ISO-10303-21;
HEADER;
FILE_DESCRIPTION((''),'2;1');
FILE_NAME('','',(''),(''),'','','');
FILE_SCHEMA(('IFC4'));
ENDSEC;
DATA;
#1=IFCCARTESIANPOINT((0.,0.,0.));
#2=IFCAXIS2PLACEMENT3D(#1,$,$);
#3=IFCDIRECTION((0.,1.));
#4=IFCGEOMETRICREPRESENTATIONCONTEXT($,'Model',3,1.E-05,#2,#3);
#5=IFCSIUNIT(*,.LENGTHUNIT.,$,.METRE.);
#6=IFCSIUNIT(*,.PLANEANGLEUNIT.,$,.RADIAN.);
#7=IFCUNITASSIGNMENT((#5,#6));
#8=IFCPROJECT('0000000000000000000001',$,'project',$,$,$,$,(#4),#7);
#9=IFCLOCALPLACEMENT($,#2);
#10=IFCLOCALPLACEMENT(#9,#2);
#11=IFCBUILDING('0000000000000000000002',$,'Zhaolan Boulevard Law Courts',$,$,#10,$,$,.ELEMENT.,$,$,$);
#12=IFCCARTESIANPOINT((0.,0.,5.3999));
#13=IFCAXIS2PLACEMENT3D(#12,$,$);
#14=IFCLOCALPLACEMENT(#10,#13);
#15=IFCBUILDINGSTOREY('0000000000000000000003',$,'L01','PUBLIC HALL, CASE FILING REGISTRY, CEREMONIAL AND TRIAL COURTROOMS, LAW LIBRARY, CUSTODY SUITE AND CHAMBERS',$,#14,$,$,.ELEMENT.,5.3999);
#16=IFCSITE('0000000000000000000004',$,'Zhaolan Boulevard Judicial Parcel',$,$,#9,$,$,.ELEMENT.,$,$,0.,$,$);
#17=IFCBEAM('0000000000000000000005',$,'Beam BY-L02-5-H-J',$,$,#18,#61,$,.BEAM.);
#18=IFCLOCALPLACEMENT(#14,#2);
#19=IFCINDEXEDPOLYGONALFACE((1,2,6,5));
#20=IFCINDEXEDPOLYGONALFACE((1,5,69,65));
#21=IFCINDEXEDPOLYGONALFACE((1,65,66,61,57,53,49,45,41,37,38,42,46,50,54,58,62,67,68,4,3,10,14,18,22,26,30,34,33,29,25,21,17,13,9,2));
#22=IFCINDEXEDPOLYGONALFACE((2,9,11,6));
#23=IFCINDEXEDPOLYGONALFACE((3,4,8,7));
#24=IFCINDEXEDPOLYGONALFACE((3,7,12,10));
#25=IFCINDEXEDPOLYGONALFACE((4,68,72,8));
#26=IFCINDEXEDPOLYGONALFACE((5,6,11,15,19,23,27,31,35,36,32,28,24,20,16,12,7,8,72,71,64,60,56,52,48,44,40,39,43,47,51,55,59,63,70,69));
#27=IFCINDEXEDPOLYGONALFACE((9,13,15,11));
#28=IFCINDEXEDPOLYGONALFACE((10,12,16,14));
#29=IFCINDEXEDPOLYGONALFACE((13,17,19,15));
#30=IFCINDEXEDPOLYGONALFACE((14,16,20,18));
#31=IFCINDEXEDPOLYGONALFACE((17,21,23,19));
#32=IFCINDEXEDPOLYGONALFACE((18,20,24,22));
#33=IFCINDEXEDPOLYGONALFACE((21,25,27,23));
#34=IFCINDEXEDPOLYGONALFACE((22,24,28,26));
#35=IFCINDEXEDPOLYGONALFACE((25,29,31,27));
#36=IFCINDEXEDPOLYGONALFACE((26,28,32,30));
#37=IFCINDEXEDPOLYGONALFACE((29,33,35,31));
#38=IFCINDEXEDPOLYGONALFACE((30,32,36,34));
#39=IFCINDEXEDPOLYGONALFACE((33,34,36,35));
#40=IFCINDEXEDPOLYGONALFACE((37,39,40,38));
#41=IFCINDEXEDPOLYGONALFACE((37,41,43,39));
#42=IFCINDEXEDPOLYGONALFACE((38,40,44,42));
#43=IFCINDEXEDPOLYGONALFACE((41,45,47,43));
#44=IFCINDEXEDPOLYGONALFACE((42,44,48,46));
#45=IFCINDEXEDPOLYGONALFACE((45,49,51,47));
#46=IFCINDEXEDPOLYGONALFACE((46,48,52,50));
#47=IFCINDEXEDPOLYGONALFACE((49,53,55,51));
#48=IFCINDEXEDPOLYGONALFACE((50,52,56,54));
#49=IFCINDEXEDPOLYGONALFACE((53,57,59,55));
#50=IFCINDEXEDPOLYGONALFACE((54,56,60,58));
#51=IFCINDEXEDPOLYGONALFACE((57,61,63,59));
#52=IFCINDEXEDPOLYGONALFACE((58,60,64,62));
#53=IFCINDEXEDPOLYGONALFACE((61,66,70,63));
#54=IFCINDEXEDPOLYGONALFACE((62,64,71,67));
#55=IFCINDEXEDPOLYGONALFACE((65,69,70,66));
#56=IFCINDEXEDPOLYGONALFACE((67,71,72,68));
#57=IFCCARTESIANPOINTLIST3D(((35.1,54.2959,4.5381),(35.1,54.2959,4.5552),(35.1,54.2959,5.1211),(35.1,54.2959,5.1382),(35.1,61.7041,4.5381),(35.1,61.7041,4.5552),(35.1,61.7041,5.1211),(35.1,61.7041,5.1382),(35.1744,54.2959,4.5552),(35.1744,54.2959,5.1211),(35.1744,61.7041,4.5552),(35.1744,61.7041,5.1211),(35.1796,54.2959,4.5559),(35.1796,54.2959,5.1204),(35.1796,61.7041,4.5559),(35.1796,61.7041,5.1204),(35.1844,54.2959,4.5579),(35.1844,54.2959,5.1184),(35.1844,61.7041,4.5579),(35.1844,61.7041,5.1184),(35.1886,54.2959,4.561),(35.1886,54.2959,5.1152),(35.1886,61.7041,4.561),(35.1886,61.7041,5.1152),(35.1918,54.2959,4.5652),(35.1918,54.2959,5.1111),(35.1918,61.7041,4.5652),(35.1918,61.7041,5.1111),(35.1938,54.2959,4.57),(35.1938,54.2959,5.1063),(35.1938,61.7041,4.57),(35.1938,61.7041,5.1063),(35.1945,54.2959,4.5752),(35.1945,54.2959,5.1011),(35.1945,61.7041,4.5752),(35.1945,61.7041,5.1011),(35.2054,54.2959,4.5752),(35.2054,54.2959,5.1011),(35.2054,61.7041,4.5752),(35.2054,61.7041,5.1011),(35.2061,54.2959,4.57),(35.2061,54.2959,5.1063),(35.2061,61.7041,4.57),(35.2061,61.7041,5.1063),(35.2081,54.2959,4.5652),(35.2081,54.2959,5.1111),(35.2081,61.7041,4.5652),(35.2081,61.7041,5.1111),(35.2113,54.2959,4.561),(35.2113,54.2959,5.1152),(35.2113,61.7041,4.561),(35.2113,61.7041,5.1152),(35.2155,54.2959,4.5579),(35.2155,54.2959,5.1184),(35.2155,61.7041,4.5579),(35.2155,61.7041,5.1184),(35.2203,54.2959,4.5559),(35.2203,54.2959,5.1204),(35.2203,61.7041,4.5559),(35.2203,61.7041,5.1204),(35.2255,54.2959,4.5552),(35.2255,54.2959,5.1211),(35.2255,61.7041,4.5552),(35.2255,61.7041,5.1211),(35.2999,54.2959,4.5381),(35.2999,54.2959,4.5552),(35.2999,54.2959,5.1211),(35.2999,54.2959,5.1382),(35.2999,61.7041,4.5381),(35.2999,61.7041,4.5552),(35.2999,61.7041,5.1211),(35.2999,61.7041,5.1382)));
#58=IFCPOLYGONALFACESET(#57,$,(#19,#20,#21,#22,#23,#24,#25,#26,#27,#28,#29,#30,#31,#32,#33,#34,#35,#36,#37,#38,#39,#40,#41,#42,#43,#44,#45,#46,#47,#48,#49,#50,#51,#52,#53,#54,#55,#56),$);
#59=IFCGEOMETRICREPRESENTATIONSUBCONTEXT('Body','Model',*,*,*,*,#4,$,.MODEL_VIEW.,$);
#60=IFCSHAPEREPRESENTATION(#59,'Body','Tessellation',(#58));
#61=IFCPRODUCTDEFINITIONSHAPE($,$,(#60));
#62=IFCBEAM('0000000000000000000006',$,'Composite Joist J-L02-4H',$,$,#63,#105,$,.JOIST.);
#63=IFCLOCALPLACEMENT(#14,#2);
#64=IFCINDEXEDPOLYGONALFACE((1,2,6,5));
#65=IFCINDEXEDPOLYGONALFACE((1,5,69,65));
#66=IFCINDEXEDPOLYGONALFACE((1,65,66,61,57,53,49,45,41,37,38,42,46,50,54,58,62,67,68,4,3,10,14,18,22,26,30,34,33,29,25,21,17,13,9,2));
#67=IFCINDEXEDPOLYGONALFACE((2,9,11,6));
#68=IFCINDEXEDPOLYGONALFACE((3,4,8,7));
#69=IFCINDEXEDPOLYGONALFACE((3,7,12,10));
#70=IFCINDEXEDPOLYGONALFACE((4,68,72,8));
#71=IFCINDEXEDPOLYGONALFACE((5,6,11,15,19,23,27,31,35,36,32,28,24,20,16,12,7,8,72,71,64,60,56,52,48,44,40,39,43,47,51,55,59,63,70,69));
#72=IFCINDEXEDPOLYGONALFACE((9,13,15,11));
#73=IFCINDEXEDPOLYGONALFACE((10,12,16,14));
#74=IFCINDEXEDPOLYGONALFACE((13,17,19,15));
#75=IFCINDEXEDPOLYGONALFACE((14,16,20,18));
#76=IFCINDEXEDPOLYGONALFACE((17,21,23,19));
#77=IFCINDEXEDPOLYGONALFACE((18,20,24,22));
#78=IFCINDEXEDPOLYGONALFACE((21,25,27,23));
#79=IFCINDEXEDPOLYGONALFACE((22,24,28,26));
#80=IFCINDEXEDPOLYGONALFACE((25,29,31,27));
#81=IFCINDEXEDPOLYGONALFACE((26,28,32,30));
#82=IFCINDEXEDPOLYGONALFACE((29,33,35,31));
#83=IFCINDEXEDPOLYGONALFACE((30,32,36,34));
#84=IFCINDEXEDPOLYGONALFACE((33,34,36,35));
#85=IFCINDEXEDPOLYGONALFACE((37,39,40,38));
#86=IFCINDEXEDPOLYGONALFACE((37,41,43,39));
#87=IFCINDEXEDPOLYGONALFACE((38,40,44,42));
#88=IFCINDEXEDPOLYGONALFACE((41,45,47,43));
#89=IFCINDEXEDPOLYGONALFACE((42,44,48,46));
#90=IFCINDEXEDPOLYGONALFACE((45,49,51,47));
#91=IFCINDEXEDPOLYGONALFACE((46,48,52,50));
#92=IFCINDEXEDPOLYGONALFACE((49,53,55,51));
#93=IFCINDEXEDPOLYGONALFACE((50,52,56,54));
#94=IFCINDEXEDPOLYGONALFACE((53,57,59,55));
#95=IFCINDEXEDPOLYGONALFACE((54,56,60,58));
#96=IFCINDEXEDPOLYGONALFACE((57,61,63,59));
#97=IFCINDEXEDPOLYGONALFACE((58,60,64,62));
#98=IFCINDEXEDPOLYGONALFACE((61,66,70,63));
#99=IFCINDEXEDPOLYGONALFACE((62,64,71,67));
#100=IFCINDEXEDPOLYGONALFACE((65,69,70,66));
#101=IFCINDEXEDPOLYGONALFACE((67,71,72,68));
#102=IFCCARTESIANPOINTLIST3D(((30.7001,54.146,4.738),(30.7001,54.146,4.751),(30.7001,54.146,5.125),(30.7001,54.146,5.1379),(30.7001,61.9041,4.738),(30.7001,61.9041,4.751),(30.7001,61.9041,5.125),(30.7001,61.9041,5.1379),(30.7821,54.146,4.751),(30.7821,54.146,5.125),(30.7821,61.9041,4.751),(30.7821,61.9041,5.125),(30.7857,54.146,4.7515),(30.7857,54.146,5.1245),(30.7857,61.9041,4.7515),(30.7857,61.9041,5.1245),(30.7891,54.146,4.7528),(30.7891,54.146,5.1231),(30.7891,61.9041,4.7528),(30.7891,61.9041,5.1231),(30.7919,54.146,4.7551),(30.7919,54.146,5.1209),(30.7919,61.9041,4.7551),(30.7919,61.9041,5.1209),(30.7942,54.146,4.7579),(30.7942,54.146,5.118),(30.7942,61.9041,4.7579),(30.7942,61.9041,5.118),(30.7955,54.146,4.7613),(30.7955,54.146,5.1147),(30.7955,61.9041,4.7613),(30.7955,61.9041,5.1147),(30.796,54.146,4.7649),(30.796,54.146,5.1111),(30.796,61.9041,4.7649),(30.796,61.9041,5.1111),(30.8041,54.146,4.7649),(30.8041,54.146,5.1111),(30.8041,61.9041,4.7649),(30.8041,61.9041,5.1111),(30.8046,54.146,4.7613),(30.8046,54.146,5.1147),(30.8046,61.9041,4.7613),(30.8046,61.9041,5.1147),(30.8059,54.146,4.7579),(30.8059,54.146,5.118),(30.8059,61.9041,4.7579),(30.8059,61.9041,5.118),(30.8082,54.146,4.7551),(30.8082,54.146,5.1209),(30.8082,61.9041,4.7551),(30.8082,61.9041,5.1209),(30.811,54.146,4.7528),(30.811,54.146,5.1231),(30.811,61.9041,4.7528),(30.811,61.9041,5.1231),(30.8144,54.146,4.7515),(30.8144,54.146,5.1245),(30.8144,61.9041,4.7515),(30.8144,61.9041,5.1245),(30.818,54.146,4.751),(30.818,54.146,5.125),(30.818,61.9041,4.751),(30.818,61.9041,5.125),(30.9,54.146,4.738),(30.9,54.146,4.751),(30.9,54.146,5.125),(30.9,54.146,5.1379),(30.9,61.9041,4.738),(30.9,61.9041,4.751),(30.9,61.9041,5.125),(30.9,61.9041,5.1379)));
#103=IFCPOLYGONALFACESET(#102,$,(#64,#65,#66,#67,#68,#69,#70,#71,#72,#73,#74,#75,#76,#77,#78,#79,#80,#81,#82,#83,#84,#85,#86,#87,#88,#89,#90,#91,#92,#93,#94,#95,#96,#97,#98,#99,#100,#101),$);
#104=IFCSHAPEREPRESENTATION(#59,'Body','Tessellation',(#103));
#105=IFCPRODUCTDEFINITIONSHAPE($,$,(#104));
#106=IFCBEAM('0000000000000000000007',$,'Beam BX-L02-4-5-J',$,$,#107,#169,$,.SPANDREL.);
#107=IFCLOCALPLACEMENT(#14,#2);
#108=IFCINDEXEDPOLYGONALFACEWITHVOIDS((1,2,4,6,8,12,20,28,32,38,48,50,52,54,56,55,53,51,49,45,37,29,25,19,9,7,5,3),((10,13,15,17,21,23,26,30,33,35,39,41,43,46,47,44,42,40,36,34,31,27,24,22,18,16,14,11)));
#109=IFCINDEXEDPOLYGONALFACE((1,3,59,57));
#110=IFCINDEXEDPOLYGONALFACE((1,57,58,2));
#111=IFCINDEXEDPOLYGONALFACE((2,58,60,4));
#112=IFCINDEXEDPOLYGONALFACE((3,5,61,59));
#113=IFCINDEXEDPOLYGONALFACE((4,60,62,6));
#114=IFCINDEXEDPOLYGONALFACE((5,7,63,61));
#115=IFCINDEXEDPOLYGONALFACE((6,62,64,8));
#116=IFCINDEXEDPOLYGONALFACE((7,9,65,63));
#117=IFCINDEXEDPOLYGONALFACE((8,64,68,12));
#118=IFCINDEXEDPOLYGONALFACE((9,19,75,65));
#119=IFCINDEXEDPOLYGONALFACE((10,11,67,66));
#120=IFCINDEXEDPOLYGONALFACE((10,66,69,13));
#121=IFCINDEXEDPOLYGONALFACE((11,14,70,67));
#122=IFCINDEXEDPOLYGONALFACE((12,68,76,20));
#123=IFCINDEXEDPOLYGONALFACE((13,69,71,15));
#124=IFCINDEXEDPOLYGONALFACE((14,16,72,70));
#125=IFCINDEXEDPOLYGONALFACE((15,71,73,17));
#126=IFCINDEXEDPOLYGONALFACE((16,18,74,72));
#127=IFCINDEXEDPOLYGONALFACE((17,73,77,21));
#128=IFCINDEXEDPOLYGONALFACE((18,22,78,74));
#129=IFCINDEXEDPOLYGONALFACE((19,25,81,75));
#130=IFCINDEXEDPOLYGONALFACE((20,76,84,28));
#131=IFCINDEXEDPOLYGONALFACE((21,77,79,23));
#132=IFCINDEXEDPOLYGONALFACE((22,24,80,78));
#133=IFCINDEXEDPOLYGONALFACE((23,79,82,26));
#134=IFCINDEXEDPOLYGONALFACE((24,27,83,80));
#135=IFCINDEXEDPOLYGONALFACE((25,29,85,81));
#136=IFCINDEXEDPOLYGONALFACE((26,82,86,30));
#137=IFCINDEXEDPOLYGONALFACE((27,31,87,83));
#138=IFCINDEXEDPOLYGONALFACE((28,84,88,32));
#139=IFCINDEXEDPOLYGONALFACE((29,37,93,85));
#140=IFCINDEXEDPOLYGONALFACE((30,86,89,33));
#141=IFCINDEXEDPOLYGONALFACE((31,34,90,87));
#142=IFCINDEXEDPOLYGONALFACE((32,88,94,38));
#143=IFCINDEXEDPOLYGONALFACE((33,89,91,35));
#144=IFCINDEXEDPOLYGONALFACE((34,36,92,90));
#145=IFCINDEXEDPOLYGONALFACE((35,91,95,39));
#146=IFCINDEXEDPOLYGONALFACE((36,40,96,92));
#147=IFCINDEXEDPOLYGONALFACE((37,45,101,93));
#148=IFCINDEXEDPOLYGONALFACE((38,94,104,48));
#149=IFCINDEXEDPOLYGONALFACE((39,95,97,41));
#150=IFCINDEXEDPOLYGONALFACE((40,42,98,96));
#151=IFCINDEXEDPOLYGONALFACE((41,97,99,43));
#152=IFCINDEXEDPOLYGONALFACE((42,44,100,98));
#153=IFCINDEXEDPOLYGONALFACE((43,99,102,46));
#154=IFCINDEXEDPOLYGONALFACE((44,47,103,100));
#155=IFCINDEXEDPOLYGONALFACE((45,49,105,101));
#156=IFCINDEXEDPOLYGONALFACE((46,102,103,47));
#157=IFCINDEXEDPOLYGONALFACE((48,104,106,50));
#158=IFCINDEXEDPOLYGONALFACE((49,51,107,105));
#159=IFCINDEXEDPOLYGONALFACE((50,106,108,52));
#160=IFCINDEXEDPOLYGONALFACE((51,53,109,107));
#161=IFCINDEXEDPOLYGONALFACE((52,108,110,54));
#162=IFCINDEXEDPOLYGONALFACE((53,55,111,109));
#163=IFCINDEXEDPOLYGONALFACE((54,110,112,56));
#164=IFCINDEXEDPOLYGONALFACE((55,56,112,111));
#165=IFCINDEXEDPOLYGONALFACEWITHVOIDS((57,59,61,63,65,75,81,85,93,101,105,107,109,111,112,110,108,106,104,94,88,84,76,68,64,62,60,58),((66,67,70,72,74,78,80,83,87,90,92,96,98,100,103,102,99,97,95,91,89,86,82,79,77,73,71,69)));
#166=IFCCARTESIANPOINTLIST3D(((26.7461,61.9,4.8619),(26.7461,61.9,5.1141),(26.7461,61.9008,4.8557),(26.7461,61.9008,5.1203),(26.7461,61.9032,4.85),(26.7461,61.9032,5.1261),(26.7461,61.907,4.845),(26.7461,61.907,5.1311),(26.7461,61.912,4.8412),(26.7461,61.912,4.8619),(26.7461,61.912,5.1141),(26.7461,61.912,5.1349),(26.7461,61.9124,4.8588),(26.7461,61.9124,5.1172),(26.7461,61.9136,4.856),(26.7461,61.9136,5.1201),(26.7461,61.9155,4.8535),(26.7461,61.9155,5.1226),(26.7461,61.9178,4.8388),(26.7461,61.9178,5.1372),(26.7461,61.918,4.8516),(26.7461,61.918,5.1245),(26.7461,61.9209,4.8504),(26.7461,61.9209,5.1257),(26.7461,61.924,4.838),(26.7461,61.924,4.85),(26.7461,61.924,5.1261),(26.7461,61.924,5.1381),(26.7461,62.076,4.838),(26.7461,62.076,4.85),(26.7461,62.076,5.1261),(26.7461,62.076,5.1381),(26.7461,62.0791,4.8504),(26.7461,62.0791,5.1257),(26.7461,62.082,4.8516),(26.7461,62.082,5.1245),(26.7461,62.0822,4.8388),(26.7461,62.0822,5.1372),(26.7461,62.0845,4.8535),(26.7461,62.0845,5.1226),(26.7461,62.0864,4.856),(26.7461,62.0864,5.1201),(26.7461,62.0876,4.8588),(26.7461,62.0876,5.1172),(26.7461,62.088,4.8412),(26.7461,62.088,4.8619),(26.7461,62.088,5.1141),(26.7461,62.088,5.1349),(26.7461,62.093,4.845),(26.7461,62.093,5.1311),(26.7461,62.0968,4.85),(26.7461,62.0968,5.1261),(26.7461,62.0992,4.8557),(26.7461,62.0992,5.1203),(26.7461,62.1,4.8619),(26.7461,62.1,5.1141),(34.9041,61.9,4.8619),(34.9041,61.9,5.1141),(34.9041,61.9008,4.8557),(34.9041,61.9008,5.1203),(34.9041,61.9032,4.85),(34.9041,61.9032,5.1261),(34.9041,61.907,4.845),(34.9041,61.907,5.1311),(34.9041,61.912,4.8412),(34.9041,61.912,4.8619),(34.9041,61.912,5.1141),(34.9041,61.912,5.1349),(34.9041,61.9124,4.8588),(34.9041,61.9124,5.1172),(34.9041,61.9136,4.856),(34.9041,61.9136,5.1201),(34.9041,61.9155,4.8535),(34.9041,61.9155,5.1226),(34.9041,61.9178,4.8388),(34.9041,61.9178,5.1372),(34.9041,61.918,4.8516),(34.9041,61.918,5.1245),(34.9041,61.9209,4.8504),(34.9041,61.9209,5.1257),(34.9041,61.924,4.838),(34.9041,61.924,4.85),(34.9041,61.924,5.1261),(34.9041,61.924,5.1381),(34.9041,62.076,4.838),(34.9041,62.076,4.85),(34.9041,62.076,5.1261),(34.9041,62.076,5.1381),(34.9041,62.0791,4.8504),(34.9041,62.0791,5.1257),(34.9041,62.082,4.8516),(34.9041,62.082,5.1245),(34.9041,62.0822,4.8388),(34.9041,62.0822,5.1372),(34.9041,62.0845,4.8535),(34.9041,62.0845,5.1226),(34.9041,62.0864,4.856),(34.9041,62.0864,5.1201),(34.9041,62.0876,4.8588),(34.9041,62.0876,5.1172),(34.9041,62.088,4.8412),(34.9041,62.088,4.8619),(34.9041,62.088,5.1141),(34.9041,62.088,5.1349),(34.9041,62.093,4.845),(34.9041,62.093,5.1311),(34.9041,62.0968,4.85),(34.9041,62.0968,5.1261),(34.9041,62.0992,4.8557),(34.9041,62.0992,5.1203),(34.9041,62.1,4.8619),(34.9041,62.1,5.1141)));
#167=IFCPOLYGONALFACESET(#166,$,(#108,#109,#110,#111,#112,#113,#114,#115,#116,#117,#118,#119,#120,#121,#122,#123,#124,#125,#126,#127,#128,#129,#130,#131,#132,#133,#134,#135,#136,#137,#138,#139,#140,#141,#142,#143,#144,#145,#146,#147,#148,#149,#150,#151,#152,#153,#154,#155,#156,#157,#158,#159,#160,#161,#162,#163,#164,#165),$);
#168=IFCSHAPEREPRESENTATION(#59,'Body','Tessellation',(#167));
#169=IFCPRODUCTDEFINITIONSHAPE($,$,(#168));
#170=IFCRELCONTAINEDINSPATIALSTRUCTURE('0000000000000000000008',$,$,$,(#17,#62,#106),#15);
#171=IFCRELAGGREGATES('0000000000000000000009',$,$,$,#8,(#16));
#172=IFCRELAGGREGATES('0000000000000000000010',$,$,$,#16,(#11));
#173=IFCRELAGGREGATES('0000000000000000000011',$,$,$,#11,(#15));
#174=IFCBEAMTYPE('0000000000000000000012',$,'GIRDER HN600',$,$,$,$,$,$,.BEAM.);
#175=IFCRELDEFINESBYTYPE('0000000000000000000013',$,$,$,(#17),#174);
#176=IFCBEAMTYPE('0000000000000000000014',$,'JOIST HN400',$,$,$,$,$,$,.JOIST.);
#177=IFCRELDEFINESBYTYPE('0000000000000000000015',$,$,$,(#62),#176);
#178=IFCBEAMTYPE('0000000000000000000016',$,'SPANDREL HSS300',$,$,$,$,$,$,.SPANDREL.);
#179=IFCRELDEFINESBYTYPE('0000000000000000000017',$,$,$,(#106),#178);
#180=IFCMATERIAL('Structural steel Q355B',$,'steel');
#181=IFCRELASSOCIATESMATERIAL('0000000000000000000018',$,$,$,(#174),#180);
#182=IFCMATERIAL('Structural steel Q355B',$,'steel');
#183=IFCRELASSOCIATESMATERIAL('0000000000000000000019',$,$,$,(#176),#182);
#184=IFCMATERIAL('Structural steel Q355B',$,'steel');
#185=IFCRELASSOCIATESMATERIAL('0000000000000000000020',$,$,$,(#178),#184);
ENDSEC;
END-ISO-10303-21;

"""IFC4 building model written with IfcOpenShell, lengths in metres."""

from ifc_helpers import new_model, si_unit, direction, frame, origin, origin_2d, place, context, subcontext, project, spatial, hollow_rectangle, i_section, extrude, material, material_profile, profile_set, type_object, element, save


model = new_model("IFC4")

# Units and contexts
model_context = context("Model", 3, precision=1e-05, world=origin(), true_north=direction((0.0, 1.0)))
body_context = subcontext(model_context, "Body", "Model", "MODEL_VIEW")
ifc_project = project(units=[si_unit("LENGTHUNIT", "METRE"), si_unit("PLANEANGLEUNIT", "RADIAN")], contexts=[model_context])

# Site, building, storey
site_placement = place(None, origin())
site = spatial("IfcSite", under=ifc_project, at=site_placement, Name="Zhaolan Boulevard Judicial Parcel", CompositionType="ELEMENT", RefElevation=0.0)
building_placement = place(site_placement, origin())
building = spatial("IfcBuilding", under=site, at=building_placement, Name="Zhaolan Boulevard Law Courts", CompositionType="ELEMENT")
storey_placement = place(building_placement, frame((0.0, 0.0, 5.3999)))
storey = spatial("IfcBuildingStorey", under=building, at=storey_placement, Name="L01", Description="PUBLIC HALL, CASE FILING REGISTRY, CEREMONIAL AND TRIAL COURTROOMS, LAW LIBRARY, CUSTODY SUITE AND CHAMBERS", CompositionType="ELEMENT", Elevation=5.3999)

# Beams
ifc_material_1 = material(Name="Structural steel Q355B", Category="steel")
ifc_material_profile_1 = material_profile(ifc_material_1, i_section(OverallWidth=0.2, OverallDepth=0.6001, WebThickness=0.011, FlangeThickness=0.0171, FilletRadius=0.02, at=origin_2d()), Name="HN600x200")
ifc_profile_set_1 = profile_set([ifc_material_profile_1], Name="Structural steel Q355B")
beam_type_1 = type_object("IfcBeamType", Name="GIRDER HN600", PredefinedType="BEAM", material=ifc_profile_set_1)
beam_1_placement = place(storey_placement, frame((35.2, 54.2959, 4.8381), z_axis=(0.0, 1.0, 0.0), x_axis=(-1.0, 0.0, 0.0)))
element("IfcBeam", 1, at=beam_1_placement, inside=storey, type_object=beam_type_1, Name="Beam BY-L02-5-H-J", PredefinedType="BEAM", context=body_context, shape_type="SweptSolid", body=[
    extrude(i_section(OverallWidth=0.2, OverallDepth=0.6001, WebThickness=0.011, FlangeThickness=0.0171, FilletRadius=0.02, at=origin_2d()), origin(), (0.0, 0.0, 1.0), 7.4082),
])
ifc_material_2 = material(Name="Structural steel Q355B", Category="steel")
ifc_material_profile_2 = material_profile(ifc_material_2, i_section(OverallWidth=0.2, OverallDepth=0.3999, WebThickness=0.0081, FlangeThickness=0.0129, FilletRadius=0.0139, at=origin_2d()), Name="HN400x200")
ifc_profile_set_2 = profile_set([ifc_material_profile_2], Name="Structural steel Q355B")
beam_type_2 = type_object("IfcBeamType", Name="JOIST HN400", PredefinedType="JOIST", material=ifc_profile_set_2)
beam_2_placement = place(storey_placement, frame((30.8, 54.146, 4.938), z_axis=(0.0, 1.0, 0.0), x_axis=(-1.0, 0.0, 0.0)))
element("IfcBeam", 2, at=beam_2_placement, inside=storey, type_object=beam_type_2, Name="Composite Joist J-L02-4H", PredefinedType="JOIST", context=body_context, shape_type="SweptSolid", body=[
    extrude(i_section(OverallWidth=0.2, OverallDepth=0.3999, WebThickness=0.0081, FlangeThickness=0.0129, FilletRadius=0.0139, at=origin_2d()), origin(), (0.0, 0.0, 1.0), 7.7581),
])
ifc_material_3 = material(Name="Structural steel Q355B", Category="steel")
ifc_material_profile_3 = material_profile(ifc_material_3, hollow_rectangle(XDim=0.2, YDim=0.3, WallThickness=0.012, InnerFilletRadius=0.012, OuterFilletRadius=0.0239, at=origin_2d()), Name="HSS300x200x12")
ifc_profile_set_3 = profile_set([ifc_material_profile_3], Name="Structural steel Q355B")
beam_type_3 = type_object("IfcBeamType", Name="SPANDREL HSS300", PredefinedType="SPANDREL", material=ifc_profile_set_3)
beam_3_placement = place(storey_placement, frame((26.7461, 62.0, 4.988), z_axis=(1.0, 0.0, 0.0), x_axis=(0.0, 1.0, 0.0)))
element("IfcBeam", 3, at=beam_3_placement, inside=storey, type_object=beam_type_3, Name="Beam BX-L02-4-5-J", PredefinedType="SPANDREL", context=body_context, shape_type="SweptSolid", body=[
    extrude(hollow_rectangle(XDim=0.2, YDim=0.3, WallThickness=0.012, InnerFilletRadius=0.012, OuterFilletRadius=0.0239, at=origin_2d()), origin(), (0.0, 0.0, 1.0), 8.158),
])

save(model, "model.ifc")
